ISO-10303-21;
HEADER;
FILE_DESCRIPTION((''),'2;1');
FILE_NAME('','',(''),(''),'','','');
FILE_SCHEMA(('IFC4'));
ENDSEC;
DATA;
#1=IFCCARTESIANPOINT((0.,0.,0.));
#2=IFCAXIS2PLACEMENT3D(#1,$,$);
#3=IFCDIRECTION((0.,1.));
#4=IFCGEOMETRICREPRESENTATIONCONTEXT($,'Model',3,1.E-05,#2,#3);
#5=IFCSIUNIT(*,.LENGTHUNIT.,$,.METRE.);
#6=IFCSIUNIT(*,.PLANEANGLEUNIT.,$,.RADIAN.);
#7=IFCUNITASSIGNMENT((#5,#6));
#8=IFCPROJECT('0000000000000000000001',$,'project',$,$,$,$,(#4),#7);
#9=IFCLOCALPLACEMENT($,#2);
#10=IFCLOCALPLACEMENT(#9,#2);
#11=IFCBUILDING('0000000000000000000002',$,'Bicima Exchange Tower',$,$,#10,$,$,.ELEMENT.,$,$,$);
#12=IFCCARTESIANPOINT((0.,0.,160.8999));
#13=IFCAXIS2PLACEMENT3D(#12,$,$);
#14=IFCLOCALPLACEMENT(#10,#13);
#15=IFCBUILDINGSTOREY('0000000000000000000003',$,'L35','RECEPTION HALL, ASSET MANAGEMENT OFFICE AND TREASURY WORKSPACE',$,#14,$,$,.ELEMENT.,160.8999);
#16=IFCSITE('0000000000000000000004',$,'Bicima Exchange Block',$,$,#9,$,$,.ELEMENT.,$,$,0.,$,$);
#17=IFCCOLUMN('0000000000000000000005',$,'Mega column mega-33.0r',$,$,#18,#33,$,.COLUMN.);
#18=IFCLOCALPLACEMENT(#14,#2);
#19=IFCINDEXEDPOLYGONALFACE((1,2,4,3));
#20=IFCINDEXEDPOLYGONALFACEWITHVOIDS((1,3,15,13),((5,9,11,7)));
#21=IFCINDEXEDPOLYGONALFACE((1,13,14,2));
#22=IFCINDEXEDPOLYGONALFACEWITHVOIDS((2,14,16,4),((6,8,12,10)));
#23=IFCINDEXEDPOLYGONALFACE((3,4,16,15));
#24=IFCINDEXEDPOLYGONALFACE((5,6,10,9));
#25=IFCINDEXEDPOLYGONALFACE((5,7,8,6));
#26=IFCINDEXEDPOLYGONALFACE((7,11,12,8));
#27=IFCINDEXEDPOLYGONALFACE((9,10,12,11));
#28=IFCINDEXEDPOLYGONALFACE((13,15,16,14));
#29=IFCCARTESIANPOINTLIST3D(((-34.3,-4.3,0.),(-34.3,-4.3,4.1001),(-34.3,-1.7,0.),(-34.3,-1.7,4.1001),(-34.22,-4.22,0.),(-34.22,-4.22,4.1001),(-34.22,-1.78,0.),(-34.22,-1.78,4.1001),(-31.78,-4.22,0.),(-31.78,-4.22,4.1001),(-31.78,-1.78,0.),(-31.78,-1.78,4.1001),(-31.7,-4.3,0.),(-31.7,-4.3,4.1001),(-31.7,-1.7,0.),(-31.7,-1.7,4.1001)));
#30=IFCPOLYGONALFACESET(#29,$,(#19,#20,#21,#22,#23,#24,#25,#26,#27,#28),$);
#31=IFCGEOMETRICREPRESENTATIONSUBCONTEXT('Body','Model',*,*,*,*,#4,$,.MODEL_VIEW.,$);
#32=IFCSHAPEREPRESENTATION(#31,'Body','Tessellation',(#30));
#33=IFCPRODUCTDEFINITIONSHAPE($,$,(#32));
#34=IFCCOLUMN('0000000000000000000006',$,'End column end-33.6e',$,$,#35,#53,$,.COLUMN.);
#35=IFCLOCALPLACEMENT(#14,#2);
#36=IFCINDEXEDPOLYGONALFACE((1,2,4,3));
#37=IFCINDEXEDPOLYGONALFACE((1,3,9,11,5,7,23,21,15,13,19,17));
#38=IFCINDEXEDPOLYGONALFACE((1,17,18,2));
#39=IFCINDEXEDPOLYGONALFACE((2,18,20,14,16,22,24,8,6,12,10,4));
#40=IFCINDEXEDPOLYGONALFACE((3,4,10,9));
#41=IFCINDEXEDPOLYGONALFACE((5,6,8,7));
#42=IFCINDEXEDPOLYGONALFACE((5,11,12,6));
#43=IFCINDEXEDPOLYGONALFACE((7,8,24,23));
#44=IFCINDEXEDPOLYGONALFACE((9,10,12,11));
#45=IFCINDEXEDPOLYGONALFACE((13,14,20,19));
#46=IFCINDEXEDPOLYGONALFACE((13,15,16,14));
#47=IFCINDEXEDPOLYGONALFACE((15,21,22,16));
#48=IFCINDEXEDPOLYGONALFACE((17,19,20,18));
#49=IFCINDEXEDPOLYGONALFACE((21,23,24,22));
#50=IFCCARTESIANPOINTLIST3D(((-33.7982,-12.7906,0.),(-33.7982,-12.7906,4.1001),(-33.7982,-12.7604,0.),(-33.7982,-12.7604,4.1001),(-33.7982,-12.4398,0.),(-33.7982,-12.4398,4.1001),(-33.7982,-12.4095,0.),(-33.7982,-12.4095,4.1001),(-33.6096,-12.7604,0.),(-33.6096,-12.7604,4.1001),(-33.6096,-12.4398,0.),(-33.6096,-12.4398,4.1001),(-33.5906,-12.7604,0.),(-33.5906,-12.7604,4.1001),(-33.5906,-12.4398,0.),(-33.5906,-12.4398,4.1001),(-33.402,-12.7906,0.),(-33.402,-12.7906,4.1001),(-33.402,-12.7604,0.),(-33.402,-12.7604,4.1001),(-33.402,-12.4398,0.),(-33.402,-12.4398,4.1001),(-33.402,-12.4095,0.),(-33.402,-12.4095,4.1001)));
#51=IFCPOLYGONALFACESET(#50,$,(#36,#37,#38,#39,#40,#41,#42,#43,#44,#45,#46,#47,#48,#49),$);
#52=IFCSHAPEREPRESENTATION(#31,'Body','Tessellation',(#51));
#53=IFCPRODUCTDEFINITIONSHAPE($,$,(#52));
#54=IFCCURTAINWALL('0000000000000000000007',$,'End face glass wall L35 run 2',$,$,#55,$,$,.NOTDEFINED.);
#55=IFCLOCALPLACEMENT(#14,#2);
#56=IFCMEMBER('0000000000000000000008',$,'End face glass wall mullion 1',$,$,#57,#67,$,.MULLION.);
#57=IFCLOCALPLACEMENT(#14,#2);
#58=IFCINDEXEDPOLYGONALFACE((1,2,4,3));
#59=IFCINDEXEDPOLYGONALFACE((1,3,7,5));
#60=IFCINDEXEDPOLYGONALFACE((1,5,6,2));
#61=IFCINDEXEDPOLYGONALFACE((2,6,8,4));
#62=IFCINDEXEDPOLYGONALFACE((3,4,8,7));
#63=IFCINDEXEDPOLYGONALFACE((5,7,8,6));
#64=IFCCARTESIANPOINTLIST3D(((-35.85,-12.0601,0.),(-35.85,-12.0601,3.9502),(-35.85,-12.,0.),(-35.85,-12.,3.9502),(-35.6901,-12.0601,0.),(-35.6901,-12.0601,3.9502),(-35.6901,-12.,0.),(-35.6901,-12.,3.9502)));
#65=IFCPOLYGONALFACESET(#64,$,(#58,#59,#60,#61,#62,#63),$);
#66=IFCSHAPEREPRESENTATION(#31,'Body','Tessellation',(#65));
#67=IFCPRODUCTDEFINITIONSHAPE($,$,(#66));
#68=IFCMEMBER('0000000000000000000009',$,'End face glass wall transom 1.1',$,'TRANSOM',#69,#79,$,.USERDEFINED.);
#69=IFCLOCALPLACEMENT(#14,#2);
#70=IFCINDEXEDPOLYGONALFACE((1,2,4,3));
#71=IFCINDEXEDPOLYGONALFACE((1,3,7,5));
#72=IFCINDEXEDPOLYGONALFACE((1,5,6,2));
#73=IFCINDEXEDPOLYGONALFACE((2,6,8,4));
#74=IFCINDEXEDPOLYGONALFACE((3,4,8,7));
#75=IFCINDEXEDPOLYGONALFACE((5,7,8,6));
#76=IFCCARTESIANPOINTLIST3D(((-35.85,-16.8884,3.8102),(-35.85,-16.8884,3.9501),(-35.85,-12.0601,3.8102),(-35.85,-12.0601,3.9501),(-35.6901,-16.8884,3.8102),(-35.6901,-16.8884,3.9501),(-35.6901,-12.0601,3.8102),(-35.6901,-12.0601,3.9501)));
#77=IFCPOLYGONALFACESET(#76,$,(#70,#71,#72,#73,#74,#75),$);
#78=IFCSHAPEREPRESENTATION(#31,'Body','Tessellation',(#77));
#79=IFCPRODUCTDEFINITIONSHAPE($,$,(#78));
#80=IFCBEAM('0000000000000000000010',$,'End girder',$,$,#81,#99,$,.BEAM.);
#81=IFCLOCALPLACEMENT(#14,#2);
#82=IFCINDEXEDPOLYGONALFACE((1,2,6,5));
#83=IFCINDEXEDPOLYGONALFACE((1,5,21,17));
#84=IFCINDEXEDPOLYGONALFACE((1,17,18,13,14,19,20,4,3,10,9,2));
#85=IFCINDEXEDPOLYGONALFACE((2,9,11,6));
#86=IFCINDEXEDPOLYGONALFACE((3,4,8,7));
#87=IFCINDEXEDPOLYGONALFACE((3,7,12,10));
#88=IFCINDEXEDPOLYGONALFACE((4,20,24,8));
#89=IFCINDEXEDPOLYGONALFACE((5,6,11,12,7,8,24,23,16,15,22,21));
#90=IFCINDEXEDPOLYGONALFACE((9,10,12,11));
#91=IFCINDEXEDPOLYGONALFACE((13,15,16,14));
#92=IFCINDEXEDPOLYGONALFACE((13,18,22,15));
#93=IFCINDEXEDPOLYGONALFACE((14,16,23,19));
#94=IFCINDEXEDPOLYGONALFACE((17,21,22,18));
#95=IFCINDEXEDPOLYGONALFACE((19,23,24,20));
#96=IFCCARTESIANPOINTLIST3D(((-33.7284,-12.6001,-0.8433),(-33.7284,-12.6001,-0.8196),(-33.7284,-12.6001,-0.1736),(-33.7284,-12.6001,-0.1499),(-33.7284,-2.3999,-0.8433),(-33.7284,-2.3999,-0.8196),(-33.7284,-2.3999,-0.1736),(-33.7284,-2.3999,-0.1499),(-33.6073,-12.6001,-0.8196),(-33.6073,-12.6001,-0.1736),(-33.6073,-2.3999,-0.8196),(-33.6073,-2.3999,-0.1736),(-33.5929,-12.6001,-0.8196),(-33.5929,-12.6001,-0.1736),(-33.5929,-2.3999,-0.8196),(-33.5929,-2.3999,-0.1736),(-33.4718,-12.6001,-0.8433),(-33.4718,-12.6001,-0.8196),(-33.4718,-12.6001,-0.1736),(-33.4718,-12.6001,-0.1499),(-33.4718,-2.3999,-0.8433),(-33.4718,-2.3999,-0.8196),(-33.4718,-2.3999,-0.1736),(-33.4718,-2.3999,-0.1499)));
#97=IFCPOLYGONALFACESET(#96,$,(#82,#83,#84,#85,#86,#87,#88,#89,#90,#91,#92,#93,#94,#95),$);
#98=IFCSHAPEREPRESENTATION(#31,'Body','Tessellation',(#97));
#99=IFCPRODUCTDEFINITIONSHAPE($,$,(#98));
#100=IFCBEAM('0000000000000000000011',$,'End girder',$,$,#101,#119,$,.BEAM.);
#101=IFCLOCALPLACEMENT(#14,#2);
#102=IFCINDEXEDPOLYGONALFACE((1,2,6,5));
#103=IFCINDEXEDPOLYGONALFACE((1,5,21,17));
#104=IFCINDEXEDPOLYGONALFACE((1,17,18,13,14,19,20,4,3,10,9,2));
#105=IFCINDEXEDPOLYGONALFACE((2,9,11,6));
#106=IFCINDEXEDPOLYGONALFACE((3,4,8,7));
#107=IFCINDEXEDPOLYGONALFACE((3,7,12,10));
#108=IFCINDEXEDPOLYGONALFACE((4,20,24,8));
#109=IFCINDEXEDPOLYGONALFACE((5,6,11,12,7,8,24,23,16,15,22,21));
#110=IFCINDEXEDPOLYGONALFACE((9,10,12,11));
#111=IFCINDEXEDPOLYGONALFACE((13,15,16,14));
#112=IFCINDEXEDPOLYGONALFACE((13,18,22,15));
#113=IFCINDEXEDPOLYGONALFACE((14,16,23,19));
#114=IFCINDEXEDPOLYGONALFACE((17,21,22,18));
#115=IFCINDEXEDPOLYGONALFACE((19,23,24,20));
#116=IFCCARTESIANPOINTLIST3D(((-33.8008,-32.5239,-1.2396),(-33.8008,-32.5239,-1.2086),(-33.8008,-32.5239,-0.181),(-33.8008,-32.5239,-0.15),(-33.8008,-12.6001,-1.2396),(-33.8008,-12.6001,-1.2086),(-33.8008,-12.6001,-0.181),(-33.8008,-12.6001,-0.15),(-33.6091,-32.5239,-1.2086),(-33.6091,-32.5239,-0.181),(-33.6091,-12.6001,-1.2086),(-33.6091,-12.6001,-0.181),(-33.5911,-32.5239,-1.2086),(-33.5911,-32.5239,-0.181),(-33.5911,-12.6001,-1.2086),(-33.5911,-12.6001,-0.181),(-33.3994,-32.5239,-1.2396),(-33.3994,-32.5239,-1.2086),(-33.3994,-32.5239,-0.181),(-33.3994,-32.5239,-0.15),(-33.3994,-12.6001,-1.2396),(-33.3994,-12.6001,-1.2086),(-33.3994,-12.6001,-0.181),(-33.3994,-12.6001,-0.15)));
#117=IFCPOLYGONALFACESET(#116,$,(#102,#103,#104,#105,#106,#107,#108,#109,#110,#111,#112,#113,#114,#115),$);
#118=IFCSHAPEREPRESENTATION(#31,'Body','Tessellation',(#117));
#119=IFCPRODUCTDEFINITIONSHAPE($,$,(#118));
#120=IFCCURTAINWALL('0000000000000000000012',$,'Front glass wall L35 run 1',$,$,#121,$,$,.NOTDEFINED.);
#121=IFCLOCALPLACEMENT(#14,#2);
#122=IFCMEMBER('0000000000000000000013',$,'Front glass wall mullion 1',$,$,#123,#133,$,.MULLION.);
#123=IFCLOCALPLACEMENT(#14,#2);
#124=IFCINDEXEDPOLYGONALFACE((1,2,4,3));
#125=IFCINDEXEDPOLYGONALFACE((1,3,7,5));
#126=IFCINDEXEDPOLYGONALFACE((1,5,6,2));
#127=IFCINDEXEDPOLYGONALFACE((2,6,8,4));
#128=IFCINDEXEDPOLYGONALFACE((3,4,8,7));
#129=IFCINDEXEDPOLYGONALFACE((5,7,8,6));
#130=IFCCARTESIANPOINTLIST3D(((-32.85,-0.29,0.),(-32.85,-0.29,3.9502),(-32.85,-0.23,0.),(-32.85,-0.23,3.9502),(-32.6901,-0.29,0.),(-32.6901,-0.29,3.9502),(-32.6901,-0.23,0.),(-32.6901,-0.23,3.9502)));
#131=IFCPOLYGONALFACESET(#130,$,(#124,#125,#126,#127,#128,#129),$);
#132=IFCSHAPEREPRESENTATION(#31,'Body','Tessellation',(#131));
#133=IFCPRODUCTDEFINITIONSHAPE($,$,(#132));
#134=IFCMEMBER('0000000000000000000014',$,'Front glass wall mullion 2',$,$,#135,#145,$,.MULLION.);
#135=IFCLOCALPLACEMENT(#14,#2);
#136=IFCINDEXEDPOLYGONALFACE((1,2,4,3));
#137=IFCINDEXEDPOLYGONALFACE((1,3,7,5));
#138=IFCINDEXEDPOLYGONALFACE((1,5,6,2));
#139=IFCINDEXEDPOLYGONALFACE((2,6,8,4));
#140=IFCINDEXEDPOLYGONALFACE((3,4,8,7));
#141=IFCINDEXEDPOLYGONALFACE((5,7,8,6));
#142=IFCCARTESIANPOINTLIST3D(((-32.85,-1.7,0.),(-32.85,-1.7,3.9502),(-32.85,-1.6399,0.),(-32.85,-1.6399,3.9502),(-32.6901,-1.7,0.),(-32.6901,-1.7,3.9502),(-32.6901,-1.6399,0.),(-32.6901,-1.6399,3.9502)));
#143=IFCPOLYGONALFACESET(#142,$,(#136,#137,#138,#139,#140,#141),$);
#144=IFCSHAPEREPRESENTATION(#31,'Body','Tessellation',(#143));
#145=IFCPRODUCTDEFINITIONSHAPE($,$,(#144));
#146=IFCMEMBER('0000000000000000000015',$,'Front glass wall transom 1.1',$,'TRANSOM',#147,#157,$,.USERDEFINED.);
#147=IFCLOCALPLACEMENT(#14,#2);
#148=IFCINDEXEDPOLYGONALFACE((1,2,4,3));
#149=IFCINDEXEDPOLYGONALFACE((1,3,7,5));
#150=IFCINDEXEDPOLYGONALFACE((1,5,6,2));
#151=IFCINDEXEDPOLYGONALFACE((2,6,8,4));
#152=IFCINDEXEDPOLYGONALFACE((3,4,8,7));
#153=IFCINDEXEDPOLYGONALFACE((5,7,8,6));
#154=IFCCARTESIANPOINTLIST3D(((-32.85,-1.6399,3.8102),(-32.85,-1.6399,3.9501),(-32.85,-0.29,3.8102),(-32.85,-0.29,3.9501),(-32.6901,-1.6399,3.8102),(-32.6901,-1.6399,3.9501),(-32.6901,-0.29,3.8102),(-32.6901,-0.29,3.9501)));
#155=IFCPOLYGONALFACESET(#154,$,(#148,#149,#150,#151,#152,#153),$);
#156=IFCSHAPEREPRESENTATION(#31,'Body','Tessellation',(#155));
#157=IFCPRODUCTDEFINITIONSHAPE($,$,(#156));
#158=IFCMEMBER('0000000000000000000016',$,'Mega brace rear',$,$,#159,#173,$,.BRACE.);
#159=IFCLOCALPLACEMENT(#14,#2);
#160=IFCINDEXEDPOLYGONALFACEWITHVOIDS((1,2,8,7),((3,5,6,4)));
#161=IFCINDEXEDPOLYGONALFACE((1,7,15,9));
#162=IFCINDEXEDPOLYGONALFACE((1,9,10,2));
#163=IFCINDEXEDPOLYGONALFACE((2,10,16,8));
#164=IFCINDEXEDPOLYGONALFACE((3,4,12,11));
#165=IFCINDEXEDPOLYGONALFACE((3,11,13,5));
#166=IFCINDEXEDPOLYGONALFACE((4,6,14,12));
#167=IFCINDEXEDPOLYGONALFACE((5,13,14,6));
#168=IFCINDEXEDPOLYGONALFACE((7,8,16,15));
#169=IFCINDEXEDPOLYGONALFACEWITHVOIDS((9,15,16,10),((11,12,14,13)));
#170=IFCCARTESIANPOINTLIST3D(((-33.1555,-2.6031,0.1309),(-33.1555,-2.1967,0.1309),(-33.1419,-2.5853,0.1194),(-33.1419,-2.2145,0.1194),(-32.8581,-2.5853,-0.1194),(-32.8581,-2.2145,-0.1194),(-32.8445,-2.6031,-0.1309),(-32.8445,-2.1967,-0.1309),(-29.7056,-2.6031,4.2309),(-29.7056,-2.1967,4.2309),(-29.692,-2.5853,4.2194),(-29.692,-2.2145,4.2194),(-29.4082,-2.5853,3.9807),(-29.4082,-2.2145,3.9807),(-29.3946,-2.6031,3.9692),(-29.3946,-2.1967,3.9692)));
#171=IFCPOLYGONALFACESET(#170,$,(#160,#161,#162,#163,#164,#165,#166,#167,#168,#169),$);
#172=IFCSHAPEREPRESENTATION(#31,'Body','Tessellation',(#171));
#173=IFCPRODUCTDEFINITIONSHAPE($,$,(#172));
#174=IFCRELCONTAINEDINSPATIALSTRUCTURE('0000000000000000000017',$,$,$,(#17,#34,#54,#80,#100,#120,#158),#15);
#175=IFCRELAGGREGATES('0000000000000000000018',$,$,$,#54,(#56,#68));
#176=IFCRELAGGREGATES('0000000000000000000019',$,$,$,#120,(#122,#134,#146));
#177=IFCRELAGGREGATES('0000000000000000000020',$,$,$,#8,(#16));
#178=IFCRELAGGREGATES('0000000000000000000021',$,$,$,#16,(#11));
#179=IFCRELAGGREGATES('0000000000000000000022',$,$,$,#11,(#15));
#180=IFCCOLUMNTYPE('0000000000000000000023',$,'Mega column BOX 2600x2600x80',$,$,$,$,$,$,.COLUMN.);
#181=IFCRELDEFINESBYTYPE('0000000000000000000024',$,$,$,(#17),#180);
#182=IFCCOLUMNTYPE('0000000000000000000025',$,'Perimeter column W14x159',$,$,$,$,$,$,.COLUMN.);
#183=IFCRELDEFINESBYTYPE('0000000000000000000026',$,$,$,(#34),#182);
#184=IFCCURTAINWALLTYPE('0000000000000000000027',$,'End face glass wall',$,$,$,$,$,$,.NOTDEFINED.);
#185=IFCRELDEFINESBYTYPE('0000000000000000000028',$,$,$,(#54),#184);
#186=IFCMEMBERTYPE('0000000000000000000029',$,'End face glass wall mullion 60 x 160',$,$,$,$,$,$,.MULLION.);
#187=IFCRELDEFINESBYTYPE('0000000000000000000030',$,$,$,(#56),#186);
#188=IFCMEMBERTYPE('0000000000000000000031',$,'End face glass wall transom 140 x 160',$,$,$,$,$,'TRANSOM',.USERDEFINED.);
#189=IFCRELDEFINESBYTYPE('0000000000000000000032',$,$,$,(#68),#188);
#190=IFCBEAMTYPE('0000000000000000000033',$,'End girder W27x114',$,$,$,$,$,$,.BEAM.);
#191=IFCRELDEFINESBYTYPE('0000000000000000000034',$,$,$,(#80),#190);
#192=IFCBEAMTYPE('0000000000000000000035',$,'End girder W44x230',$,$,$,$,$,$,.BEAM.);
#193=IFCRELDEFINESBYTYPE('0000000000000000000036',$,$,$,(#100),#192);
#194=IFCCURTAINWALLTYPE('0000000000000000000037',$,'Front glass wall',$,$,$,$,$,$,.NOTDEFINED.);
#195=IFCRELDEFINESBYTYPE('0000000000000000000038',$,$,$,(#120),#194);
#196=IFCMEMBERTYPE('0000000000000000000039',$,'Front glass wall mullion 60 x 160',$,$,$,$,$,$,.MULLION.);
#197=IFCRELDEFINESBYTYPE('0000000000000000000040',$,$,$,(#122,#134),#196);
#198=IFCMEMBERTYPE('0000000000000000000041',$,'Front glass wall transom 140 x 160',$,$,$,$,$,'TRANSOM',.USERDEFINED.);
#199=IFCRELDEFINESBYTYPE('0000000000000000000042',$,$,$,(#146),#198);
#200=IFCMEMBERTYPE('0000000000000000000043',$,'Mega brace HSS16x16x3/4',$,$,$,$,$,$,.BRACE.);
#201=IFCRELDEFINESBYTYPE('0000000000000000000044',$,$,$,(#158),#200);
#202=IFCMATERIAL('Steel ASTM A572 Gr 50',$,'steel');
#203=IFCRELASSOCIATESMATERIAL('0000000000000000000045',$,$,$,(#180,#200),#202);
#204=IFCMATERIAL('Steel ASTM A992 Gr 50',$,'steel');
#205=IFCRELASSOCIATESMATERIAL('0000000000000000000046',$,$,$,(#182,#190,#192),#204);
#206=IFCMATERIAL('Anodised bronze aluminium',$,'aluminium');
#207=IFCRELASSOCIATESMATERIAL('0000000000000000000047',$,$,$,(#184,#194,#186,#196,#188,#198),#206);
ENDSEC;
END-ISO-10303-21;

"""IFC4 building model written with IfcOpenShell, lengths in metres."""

from ifc_helpers import new_model, si_unit, direction, frame, origin, origin_2d, place, context, subcontext, project, spatial, rectangle, hollow_rectangle, i_section, extrude, material, material_profile, profile_set, type_object, element, aggregate, save


model = new_model("IFC4")

# Units and contexts
model_context = context("Model", 3, precision=1e-05, world=origin(), true_north=direction((0.0, 1.0)))
body_context = subcontext(model_context, "Body", "Model", "MODEL_VIEW")
ifc_project = project(units=[si_unit("LENGTHUNIT", "METRE"), si_unit("PLANEANGLEUNIT", "RADIAN")], contexts=[model_context])

# Site, building, storey
site_placement = place(None, origin())
site = spatial("IfcSite", under=ifc_project, at=site_placement, Name="Bicima Exchange Block", CompositionType="ELEMENT", RefElevation=0.0)
building_placement = place(site_placement, origin())
building = spatial("IfcBuilding", under=site, at=building_placement, Name="Bicima Exchange Tower", CompositionType="ELEMENT")
storey_placement = place(building_placement, frame((0.0, 0.0, 160.8999)))
storey = spatial("IfcBuildingStorey", under=building, at=storey_placement, Name="L35", Description="RECEPTION HALL, ASSET MANAGEMENT OFFICE AND TREASURY WORKSPACE", CompositionType="ELEMENT", Elevation=160.8999)

# Columns
ifc_material_1 = material(Name="Steel ASTM A572 Gr 50", Category="steel")
ifc_material_profile_1 = material_profile(ifc_material_1, hollow_rectangle(XDim=2.6001, YDim=2.6001, WallThickness=0.0801, at=origin_2d()))
ifc_profile_set_1 = profile_set([ifc_material_profile_1], Name="Steel ASTM A572 Gr 50")
column_type_1 = type_object("IfcColumnType", Name="Mega column BOX 2600x2600x80", PredefinedType="COLUMN", material=ifc_profile_set_1)
column_1_placement = place(storey_placement, frame((-33.0, -3.0, 0.0), z_axis=(0.0, 0.0, 1.0), x_axis=(1.0, 0.0, 0.0)))
element("IfcColumn", 1, at=column_1_placement, inside=storey, type_object=column_type_1, Name="Mega column mega-33.0r", PredefinedType="COLUMN", context=body_context, shape_type="SweptSolid", body=[
    extrude(hollow_rectangle(XDim=2.6001, YDim=2.6001, WallThickness=0.0801, at=origin_2d()), origin(), (0.0, 0.0, 1.0), 4.1001),
])
ifc_material_2 = material(Name="Steel ASTM A992 Gr 50", Category="steel")
ifc_material_profile_2 = material_profile(ifc_material_2, i_section(OverallWidth=0.3962, OverallDepth=0.3811, WebThickness=0.019, FlangeThickness=0.0303, at=origin_2d()))
ifc_profile_set_2 = profile_set([ifc_material_profile_2], Name="Steel ASTM A992 Gr 50")
column_type_2 = type_object("IfcColumnType", Name="Perimeter column W14x159", PredefinedType="COLUMN", material=ifc_profile_set_2)
column_2_placement = place(storey_placement, frame((-33.6001, -12.6001, 0.0), z_axis=(0.0, 0.0, 1.0), x_axis=(1.0, 0.0, 0.0)))
element("IfcColumn", 2, at=column_2_placement, inside=storey, type_object=column_type_2, Name="End column end-33.6e", PredefinedType="COLUMN", context=body_context, shape_type="SweptSolid", body=[
    extrude(i_section(OverallWidth=0.3962, OverallDepth=0.3811, WebThickness=0.019, FlangeThickness=0.0303, at=origin_2d()), origin(), (0.0, 0.0, 1.0), 4.1001),
])

# Curtain wall, members
ifc_material_3 = material(Name="Anodised bronze aluminium", Category="aluminium")
curtain_wall_type_1 = type_object("IfcCurtainWallType", Name="End face glass wall", PredefinedType="NOTDEFINED", material=ifc_material_3)
curtain_wall_1_placement = place(storey_placement, origin())
curtain_wall_1 = element("IfcCurtainWall", 3, at=curtain_wall_1_placement, inside=storey, type_object=curtain_wall_type_1, Name="End face glass wall L35 run 2", PredefinedType="NOTDEFINED")
ifc_material_profile_3 = material_profile(ifc_material_3, rectangle(XDim=0.1599, YDim=0.0601, at=origin_2d()))
ifc_profile_set_3 = profile_set([ifc_material_profile_3], Name="Anodised bronze aluminium")
member_type_1 = type_object("IfcMemberType", Name="End face glass wall mullion 60 x 160", PredefinedType="MULLION", material=ifc_profile_set_3)
member_1_placement = place(storey_placement, frame((-35.77, -12.03, 0.0), z_axis=(0.0, 0.0, 1.0), x_axis=(1.0, 0.0, 0.0)))
member_1 = element("IfcMember", 4, at=member_1_placement, type_object=member_type_1, Name="End face glass wall mullion 1", PredefinedType="MULLION", context=body_context, shape_type="SweptSolid", body=[
    extrude(rectangle(XDim=0.1599, YDim=0.0601, at=origin_2d()), origin(), (0.0, 0.0, 1.0), 3.9502),
])
ifc_material_profile_4 = material_profile(ifc_material_3, rectangle(XDim=0.1599, YDim=0.1399, at=origin_2d()))
ifc_profile_set_4 = profile_set([ifc_material_profile_4], Name="Anodised bronze aluminium")
member_type_2 = type_object("IfcMemberType", Name="End face glass wall transom 140 x 160", ElementType="TRANSOM", PredefinedType="USERDEFINED", material=ifc_profile_set_4)
member_2_placement = place(storey_placement, frame((-35.77, -12.0601, 3.8801), z_axis=(0.0, -1.0, 0.0), x_axis=(1.0, 0.0, 0.0)))
member_2 = element("IfcMember", 5, at=member_2_placement, type_object=member_type_2, Name="End face glass wall transom 1.1", ObjectType="TRANSOM", PredefinedType="USERDEFINED", context=body_context, shape_type="SweptSolid", body=[
    extrude(rectangle(XDim=0.1599, YDim=0.1399, at=origin_2d()), origin(), (0.0, 0.0, 1.0), 4.8284),
])
aggregate(curtain_wall_1, [member_1, member_2])

# Beams
ifc_material_profile_5 = material_profile(ifc_material_2, i_section(OverallWidth=0.2566, OverallDepth=0.6934, WebThickness=0.0144, FlangeThickness=0.0237, at=origin_2d()))
ifc_profile_set_5 = profile_set([ifc_material_profile_5], Name="Steel ASTM A992 Gr 50")
beam_type_1 = type_object("IfcBeamType", Name="End girder W27x114", PredefinedType="BEAM", material=ifc_profile_set_5)
beam_1_placement = place(storey_placement, frame((-33.6001, -2.3999, -0.4966), z_axis=(0.0, -1.0, 0.0), x_axis=(1.0, 0.0, 0.0)))
element("IfcBeam", 6, at=beam_1_placement, inside=storey, type_object=beam_type_1, Name="End girder", PredefinedType="BEAM", context=body_context, shape_type="SweptSolid", body=[
    extrude(i_section(OverallWidth=0.2566, OverallDepth=0.6934, WebThickness=0.0144, FlangeThickness=0.0237, at=origin_2d()), origin(), (0.0, 0.0, 1.0), 10.2002),
])
ifc_material_profile_6 = material_profile(ifc_material_2, i_section(OverallWidth=0.4014, OverallDepth=1.0896, WebThickness=0.0181, FlangeThickness=0.031, at=origin_2d()))
ifc_profile_set_6 = profile_set([ifc_material_profile_6], Name="Steel ASTM A992 Gr 50")
beam_type_2 = type_object("IfcBeamType", Name="End girder W44x230", PredefinedType="BEAM", material=ifc_profile_set_6)
beam_2_placement = place(storey_placement, frame((-33.6001, -12.6001, -0.6948), z_axis=(0.0, -1.0, 0.0), x_axis=(1.0, 0.0, 0.0)))
element("IfcBeam", 7, at=beam_2_placement, inside=storey, type_object=beam_type_2, Name="End girder", PredefinedType="BEAM", context=body_context, shape_type="SweptSolid", body=[
    extrude(i_section(OverallWidth=0.4014, OverallDepth=1.0896, WebThickness=0.0181, FlangeThickness=0.031, at=origin_2d()), origin(), (0.0, 0.0, 1.0), 19.9238),
])

# Curtain wall, members
curtain_wall_type_2 = type_object("IfcCurtainWallType", Name="Front glass wall", PredefinedType="NOTDEFINED", material=ifc_material_3)
curtain_wall_2_placement = place(storey_placement, origin())
curtain_wall_2 = element("IfcCurtainWall", 8, at=curtain_wall_2_placement, inside=storey, type_object=curtain_wall_type_2, Name="Front glass wall L35 run 1", PredefinedType="NOTDEFINED")
member_type_3 = type_object("IfcMemberType", Name="Front glass wall mullion 60 x 160", PredefinedType="MULLION", material=ifc_profile_set_3)
member_3_placement = place(storey_placement, frame((-32.77, -0.26, 0.0), z_axis=(0.0, 0.0, 1.0), x_axis=(1.0, 0.0, 0.0)))
member_3 = element("IfcMember", 9, at=member_3_placement, type_object=member_type_3, Name="Front glass wall mullion 1", PredefinedType="MULLION", context=body_context, shape_type="SweptSolid", body=[
    extrude(rectangle(XDim=0.1599, YDim=0.0601, at=origin_2d()), origin(), (0.0, 0.0, 1.0), 3.9502),
])
member_4_placement = place(storey_placement, frame((-32.77, -1.6699, 0.0), z_axis=(0.0, 0.0, 1.0), x_axis=(1.0, 0.0, 0.0)))
member_4 = element("IfcMember", 10, at=member_4_placement, type_object=member_type_3, Name="Front glass wall mullion 2", PredefinedType="MULLION", context=body_context, shape_type="SweptSolid", body=[
    extrude(rectangle(XDim=0.1599, YDim=0.0601, at=origin_2d()), origin(), (0.0, 0.0, 1.0), 3.9502),
])
member_type_4 = type_object("IfcMemberType", Name="Front glass wall transom 140 x 160", ElementType="TRANSOM", PredefinedType="USERDEFINED", material=ifc_profile_set_4)
member_5_placement = place(storey_placement, frame((-32.77, -0.29, 3.8801), z_axis=(0.0, -1.0, 0.0), x_axis=(1.0, 0.0, 0.0)))
member_5 = element("IfcMember", 11, at=member_5_placement, type_object=member_type_4, Name="Front glass wall transom 1.1", ObjectType="TRANSOM", PredefinedType="USERDEFINED", context=body_context, shape_type="SweptSolid", body=[
    extrude(rectangle(XDim=0.1599, YDim=0.1399, at=origin_2d()), origin(), (0.0, 0.0, 1.0), 1.3499),
])

# Member
ifc_material_profile_7 = material_profile(ifc_material_1, hollow_rectangle(XDim=0.4065, YDim=0.4065, WallThickness=0.0178, at=origin_2d()))
ifc_profile_set_7 = profile_set([ifc_material_profile_7], Name="Steel ASTM A572 Gr 50")
member_type_5 = type_object("IfcMemberType", Name="Mega brace HSS16x16x3/4", PredefinedType="BRACE", material=ifc_profile_set_7)
member_6_placement = place(storey_placement, frame((-33.0, -2.3999, 0.0), z_axis=(0.643834, 0.0, 0.765165), x_axis=(0.0, 1.0, 0.0)))
element("IfcMember", 12, at=member_6_placement, inside=storey, type_object=member_type_5, Name="Mega brace rear", PredefinedType="BRACE", context=body_context, shape_type="SweptSolid", body=[
    extrude(hollow_rectangle(XDim=0.4065, YDim=0.4065, WallThickness=0.0178, at=origin_2d()), origin(), (0.0, 0.0, 1.0), 5.3584),
])

aggregate(curtain_wall_2, [member_3, member_4, member_5])

save(model, "model.ifc")
